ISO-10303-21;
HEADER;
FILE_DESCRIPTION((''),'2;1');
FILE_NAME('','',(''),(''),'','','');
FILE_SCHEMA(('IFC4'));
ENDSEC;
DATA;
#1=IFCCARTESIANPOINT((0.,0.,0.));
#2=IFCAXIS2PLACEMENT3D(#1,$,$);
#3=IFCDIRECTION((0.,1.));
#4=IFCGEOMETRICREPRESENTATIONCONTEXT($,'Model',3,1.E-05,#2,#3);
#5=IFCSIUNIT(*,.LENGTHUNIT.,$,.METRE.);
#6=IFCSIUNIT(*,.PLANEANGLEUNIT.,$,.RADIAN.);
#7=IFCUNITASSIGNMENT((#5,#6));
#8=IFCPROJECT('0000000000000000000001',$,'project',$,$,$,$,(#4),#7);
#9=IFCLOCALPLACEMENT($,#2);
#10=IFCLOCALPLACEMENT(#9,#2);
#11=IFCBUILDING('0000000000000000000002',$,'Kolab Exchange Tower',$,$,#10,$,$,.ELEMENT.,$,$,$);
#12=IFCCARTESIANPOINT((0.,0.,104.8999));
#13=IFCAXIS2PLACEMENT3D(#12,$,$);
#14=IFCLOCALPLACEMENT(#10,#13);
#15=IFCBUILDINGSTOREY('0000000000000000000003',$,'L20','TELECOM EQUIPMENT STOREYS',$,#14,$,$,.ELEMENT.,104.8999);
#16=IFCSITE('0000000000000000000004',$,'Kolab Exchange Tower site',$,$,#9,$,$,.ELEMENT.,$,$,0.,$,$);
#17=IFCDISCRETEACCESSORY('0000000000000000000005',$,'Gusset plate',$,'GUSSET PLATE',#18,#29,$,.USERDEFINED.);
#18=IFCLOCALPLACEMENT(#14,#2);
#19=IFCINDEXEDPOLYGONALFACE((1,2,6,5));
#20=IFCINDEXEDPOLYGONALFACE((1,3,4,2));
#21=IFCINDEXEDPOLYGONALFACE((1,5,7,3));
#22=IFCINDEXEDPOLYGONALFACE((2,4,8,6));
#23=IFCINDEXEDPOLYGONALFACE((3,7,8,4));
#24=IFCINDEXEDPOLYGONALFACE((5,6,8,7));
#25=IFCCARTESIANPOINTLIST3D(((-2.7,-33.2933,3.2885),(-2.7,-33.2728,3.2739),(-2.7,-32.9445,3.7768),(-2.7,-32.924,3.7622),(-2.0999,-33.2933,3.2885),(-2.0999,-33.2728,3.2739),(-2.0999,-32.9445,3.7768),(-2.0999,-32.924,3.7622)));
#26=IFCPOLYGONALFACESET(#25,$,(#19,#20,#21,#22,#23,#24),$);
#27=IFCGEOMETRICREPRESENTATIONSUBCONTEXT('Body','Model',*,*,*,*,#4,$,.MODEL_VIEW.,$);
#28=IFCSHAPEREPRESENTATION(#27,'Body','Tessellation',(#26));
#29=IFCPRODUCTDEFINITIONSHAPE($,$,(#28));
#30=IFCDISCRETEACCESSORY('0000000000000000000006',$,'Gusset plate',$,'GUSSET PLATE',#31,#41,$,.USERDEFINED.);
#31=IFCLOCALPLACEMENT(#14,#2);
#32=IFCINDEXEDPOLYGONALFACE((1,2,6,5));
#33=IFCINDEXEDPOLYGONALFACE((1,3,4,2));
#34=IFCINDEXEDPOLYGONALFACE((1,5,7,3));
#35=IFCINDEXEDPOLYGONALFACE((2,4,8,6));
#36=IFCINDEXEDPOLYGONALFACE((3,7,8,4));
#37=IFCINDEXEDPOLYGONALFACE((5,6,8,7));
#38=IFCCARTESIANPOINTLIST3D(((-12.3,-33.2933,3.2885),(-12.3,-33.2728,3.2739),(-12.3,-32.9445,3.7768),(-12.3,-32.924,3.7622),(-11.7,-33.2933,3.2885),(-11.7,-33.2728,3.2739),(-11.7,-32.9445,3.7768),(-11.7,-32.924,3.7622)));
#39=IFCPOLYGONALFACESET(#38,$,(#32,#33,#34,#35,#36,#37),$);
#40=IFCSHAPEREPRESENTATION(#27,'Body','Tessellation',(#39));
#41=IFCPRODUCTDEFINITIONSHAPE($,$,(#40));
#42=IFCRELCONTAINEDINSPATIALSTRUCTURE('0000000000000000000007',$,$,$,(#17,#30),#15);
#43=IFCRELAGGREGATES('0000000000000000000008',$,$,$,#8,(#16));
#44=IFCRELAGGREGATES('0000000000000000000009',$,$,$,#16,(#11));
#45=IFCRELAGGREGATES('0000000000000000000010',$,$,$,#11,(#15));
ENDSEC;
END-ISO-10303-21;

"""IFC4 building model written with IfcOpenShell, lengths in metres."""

from ifc_helpers import new_model, si_unit, direction, frame, origin, origin_2d, place, context, subcontext, project, spatial, rectangle, extrude, element, save


model = new_model("IFC4")

# Units and contexts
model_context = context("Model", 3, precision=1e-05, world=origin(), true_north=direction((0.0, 1.0)))
body_context = subcontext(model_context, "Body", "Model", "MODEL_VIEW")
ifc_project = project(units=[si_unit("LENGTHUNIT", "METRE"), si_unit("PLANEANGLEUNIT", "RADIAN")], contexts=[model_context])

# Site, building, storey
site_placement = place(None, origin())
site = spatial("IfcSite", under=ifc_project, at=site_placement, Name="Kolab Exchange Tower site", CompositionType="ELEMENT", RefElevation=0.0)
building_placement = place(site_placement, origin())
building = spatial("IfcBuilding", under=site, at=building_placement, Name="Kolab Exchange Tower", CompositionType="ELEMENT")
storey_placement = place(building_placement, frame((0.0, 0.0, 104.8999)))
storey = spatial("IfcBuildingStorey", under=building, at=storey_placement, Name="L20", Description="TELECOM EQUIPMENT STOREYS", CompositionType="ELEMENT", Elevation=104.8999)

# Discrete accessories
for number, where, z_axis, x_axis, name in (
    (1, (-2.3999, -33.0984, 3.5181), (0.0, -0.813733, 0.581238), (1.0, 0.0, 0.0), "Gusset plate"),
    (2, (-12.0, -33.0984, 3.5181), (0.0, -0.813733, 0.581238), (1.0, 0.0, 0.0), "Gusset plate"),
):
    element("IfcDiscreteAccessory", number, at=place(storey_placement, frame(where, z_axis=z_axis, x_axis=x_axis)), inside=storey, Name=name, ObjectType="GUSSET PLATE", PredefinedType="USERDEFINED", context=body_context, shape_type="SweptSolid", body=[
        extrude(rectangle(XDim=0.6001, YDim=0.6001, at=origin_2d()), origin(), (0.0, 0.0, 1.0), 0.0251),
    ])

save(model, "model.ifc")
